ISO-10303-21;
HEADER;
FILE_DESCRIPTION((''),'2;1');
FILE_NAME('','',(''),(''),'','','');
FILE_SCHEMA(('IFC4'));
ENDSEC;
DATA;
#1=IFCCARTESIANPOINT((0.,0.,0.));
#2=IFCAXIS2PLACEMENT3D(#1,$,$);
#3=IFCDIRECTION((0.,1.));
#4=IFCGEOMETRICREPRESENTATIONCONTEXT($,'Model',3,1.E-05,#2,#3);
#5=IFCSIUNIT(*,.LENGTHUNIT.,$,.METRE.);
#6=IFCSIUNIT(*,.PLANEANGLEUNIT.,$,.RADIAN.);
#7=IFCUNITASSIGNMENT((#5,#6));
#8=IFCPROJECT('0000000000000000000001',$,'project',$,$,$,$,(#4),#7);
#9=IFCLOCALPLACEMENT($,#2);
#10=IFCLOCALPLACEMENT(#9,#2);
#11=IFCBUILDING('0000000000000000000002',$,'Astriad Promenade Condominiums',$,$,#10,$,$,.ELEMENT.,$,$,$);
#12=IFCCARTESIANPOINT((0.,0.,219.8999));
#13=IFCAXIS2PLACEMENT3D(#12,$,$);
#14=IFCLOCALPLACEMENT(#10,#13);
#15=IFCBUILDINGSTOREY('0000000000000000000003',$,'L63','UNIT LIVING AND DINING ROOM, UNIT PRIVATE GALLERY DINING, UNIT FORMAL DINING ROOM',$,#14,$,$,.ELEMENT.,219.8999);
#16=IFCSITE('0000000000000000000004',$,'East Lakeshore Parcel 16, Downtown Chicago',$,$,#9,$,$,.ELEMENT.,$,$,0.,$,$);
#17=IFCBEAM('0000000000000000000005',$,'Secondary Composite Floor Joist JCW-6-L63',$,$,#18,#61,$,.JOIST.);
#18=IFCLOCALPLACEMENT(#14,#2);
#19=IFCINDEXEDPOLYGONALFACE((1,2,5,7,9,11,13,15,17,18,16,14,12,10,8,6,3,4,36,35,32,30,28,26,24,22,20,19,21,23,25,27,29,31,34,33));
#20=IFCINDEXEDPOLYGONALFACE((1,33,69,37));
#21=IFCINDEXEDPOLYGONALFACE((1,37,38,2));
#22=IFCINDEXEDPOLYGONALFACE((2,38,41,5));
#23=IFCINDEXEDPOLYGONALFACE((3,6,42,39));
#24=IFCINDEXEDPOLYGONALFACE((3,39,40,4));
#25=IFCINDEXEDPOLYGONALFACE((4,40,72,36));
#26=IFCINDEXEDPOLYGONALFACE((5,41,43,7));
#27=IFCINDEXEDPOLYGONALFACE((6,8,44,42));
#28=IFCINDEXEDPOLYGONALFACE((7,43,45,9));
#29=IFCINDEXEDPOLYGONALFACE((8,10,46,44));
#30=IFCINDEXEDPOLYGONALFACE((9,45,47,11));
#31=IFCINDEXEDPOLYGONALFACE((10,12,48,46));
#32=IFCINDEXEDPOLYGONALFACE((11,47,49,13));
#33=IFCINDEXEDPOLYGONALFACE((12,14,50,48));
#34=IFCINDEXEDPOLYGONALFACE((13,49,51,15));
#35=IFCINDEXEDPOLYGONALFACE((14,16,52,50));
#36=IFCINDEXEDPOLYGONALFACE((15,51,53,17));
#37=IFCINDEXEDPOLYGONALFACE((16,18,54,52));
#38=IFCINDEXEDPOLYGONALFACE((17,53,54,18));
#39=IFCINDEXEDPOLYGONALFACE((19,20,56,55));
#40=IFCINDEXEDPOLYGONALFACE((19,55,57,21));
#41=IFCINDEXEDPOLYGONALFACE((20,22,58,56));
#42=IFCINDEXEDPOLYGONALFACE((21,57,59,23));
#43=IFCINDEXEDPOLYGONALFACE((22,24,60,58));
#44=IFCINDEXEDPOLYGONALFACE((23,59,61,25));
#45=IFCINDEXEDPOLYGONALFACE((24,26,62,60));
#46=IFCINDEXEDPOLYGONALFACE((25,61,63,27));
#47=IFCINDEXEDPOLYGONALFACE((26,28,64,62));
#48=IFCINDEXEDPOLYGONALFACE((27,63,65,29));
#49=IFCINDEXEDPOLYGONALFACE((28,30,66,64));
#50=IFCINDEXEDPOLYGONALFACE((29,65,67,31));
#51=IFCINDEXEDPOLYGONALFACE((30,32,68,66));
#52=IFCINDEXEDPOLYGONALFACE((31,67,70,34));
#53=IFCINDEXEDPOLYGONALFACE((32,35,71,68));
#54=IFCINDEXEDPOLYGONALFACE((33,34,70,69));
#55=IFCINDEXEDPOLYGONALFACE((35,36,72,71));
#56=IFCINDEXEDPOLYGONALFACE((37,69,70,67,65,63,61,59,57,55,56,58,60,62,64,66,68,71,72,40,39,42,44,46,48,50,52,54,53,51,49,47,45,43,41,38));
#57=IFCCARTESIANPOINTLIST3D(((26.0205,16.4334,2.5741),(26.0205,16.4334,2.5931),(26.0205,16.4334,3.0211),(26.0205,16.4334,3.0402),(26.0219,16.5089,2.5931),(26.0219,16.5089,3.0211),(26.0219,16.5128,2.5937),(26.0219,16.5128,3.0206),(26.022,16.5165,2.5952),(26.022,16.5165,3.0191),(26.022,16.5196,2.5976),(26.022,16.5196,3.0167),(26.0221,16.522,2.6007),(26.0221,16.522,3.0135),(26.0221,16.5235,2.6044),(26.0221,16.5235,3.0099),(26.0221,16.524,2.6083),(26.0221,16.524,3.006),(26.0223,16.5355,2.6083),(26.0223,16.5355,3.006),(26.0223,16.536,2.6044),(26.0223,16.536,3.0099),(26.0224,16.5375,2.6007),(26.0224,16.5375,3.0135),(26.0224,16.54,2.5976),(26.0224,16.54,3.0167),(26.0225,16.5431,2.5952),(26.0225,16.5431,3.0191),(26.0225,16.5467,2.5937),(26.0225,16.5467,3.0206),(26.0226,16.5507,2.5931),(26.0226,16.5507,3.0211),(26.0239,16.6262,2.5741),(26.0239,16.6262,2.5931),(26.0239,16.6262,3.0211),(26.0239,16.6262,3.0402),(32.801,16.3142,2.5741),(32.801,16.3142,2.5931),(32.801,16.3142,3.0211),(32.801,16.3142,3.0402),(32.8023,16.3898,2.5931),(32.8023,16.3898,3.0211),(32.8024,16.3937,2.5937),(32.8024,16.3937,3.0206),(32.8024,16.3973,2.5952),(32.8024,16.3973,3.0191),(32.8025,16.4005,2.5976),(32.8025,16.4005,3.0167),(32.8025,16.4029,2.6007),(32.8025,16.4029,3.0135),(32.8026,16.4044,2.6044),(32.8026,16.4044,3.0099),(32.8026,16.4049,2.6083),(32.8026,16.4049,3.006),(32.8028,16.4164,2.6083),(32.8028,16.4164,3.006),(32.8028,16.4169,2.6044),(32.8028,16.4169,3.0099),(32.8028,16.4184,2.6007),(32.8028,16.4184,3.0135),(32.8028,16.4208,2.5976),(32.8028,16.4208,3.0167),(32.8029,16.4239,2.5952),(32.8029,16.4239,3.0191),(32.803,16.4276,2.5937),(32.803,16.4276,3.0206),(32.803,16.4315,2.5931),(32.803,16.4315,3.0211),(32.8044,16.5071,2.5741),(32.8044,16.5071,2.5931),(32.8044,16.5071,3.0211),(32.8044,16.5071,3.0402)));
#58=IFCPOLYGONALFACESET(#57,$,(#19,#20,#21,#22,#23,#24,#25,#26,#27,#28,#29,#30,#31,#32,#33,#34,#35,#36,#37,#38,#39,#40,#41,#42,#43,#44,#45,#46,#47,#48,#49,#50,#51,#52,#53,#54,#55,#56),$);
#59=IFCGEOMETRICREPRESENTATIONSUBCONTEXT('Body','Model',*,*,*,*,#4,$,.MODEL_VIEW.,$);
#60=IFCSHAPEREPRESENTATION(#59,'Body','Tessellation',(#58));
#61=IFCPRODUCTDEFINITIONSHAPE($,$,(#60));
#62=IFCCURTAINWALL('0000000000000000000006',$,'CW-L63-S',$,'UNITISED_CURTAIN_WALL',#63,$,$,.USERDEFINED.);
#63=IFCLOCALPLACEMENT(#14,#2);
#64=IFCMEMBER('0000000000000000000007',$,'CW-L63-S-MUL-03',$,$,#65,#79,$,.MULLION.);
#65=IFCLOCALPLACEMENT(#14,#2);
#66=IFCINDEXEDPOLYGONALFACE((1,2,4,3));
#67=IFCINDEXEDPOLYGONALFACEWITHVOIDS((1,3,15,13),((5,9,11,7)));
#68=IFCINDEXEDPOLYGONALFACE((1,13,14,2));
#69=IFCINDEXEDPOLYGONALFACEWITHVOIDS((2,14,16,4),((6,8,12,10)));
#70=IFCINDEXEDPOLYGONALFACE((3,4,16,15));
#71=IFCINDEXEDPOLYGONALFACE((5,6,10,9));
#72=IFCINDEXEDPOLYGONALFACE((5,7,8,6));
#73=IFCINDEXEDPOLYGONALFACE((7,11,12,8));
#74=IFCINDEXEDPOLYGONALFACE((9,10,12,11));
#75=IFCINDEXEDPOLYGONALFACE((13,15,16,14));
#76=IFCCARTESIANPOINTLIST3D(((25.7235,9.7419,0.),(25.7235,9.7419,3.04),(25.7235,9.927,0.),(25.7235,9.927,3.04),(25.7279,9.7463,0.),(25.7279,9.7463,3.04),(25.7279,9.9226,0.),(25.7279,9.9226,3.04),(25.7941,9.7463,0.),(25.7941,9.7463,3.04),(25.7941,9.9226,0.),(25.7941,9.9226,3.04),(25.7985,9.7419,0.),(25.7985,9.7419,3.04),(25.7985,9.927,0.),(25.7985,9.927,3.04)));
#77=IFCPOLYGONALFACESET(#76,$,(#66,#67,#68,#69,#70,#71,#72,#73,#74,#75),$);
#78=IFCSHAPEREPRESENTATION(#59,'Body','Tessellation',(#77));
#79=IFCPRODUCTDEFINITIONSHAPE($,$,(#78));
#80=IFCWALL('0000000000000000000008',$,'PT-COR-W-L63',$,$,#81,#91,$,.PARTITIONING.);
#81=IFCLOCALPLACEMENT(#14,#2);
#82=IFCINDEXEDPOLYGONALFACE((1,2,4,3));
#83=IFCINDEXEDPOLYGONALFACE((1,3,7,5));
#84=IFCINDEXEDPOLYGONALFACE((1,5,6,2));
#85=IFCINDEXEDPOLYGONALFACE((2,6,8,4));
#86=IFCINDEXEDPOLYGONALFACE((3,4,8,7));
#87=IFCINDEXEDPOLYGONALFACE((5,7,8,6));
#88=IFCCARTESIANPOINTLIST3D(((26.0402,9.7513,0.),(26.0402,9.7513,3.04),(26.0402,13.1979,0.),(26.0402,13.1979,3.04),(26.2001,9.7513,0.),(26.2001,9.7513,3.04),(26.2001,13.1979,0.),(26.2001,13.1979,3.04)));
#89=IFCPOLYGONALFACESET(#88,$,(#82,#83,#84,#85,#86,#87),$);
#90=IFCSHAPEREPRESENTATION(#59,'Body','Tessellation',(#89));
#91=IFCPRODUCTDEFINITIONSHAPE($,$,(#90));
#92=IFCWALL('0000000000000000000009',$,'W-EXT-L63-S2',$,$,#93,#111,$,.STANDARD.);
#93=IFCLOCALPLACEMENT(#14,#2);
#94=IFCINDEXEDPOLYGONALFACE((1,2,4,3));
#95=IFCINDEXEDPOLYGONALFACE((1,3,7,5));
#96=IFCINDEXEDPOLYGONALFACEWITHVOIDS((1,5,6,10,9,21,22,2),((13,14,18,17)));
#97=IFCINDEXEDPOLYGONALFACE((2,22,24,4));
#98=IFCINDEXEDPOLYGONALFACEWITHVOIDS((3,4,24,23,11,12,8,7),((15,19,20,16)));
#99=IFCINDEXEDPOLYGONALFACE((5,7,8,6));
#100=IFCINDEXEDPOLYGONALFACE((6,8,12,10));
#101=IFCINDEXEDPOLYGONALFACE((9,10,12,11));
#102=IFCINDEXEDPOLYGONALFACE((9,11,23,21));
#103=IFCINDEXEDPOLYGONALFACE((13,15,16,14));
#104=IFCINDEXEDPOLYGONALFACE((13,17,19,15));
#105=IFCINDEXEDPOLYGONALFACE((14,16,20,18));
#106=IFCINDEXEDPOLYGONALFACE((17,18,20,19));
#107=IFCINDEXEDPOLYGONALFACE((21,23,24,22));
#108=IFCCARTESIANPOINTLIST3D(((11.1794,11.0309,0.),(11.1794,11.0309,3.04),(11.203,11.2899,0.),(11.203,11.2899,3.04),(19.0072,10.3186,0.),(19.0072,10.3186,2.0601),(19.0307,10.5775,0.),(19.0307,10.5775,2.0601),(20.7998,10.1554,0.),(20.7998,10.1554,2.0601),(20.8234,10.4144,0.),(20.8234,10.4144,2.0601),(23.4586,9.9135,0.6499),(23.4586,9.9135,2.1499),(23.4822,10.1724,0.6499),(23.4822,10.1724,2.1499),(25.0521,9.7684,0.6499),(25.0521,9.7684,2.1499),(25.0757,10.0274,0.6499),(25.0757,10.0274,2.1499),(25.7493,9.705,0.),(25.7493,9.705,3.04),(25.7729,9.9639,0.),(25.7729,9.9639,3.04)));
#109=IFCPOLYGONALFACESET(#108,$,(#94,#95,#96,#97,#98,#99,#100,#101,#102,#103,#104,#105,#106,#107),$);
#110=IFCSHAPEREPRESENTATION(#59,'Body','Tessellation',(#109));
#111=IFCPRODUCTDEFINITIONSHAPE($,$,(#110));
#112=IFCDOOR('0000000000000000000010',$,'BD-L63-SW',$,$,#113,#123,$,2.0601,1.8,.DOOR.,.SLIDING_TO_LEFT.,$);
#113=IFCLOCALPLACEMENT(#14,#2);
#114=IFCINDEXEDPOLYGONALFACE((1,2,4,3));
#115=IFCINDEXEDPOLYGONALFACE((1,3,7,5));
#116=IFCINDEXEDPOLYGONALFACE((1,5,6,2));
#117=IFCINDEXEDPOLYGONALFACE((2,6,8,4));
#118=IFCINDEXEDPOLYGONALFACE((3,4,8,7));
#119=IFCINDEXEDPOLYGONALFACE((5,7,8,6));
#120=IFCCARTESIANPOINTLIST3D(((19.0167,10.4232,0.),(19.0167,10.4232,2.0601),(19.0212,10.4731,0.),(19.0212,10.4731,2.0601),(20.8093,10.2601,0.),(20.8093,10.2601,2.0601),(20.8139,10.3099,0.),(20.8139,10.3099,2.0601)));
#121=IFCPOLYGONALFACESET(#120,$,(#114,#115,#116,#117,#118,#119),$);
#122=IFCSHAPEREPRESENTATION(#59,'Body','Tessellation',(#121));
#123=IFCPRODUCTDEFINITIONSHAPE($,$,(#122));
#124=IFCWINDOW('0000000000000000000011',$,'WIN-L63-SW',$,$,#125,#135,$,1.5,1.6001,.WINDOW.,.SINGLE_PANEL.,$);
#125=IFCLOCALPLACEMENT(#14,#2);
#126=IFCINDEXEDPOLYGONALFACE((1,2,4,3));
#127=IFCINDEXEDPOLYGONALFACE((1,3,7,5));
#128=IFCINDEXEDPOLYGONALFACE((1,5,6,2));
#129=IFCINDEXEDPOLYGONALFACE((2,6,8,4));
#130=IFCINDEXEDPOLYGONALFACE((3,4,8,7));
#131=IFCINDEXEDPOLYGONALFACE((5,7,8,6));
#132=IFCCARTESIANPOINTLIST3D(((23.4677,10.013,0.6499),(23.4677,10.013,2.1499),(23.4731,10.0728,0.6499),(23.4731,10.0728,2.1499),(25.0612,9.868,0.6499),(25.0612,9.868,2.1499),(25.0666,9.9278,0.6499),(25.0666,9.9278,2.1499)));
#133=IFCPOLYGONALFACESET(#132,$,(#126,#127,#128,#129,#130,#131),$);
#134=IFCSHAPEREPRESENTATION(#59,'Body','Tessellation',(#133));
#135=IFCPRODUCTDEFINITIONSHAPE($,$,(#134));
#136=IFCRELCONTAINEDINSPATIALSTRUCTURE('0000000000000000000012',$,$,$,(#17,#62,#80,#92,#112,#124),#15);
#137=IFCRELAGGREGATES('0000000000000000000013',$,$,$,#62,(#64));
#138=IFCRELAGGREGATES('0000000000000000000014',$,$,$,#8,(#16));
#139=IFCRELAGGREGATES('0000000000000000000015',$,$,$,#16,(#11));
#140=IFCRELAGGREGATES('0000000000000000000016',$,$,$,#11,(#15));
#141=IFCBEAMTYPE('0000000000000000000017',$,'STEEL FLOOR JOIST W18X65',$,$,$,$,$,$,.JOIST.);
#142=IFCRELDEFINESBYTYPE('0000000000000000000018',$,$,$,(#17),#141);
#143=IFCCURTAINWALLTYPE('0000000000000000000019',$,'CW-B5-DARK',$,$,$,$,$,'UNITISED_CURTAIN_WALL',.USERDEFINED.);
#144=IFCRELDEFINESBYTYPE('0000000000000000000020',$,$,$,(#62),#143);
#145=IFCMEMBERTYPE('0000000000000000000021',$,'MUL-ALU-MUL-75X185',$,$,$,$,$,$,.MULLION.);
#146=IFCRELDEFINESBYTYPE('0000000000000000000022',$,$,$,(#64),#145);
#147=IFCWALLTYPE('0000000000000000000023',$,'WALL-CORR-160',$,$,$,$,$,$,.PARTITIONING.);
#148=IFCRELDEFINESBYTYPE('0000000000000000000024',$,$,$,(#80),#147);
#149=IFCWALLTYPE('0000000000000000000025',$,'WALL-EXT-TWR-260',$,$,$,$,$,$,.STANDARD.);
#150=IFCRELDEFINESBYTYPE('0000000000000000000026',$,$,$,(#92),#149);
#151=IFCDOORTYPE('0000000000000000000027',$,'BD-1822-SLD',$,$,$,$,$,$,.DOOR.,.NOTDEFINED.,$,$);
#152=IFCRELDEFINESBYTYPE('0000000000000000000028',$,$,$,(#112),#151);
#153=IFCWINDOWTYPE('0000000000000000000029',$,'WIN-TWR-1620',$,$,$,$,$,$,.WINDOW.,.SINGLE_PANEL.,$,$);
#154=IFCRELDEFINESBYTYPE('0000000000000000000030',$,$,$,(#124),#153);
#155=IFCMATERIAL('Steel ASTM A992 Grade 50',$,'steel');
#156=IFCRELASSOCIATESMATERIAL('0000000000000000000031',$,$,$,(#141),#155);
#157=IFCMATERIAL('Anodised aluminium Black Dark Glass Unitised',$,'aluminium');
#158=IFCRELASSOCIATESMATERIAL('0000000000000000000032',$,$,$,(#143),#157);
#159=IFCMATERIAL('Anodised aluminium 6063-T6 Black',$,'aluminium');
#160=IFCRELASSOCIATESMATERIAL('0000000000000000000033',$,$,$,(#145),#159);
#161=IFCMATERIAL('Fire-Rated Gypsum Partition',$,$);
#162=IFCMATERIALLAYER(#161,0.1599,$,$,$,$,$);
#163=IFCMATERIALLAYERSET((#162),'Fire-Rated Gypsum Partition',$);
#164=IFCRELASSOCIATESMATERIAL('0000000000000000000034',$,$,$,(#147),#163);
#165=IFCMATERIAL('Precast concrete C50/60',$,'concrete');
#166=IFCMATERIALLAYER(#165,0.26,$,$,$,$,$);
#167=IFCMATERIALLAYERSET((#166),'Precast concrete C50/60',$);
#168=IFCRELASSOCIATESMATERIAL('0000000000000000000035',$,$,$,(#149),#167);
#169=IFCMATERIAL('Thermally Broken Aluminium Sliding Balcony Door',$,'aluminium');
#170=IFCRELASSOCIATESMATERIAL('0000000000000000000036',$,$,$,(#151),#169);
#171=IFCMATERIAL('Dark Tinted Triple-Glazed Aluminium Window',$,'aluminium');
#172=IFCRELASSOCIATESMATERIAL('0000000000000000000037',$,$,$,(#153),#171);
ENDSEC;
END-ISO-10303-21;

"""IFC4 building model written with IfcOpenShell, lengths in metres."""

from ifc_helpers import new_model, si_unit, direction, frame, frame_2d, origin, origin_2d, place, context, subcontext, project, spatial, rectangle, hollow_rectangle, i_section, extrude, source, transform, mapped, material, layer, layer_set, material_profile, profile_set, type_object, type_shapes, element, fill, aggregate, save


model = new_model("IFC4")

# Units and contexts
model_context = context("Model", 3, precision=1e-05, world=origin(), true_north=direction((0.0, 1.0)))
body_context = subcontext(model_context, "Body", "Model", "MODEL_VIEW")
ifc_project = project(units=[si_unit("LENGTHUNIT", "METRE"), si_unit("PLANEANGLEUNIT", "RADIAN")], contexts=[model_context])

# Site, building, storey
site_placement = place(None, origin())
site = spatial("IfcSite", under=ifc_project, at=site_placement, Name="East Lakeshore Parcel 16, Downtown Chicago", CompositionType="ELEMENT", RefElevation=0.0)
building_placement = place(site_placement, origin())
building = spatial("IfcBuilding", under=site, at=building_placement, Name="Astriad Promenade Condominiums", CompositionType="ELEMENT")
storey_placement = place(building_placement, frame((0.0, 0.0, 219.8999)))
storey = spatial("IfcBuildingStorey", under=building, at=storey_placement, Name="L63", Description="UNIT LIVING AND DINING ROOM, UNIT PRIVATE GALLERY DINING, UNIT FORMAL DINING ROOM", CompositionType="ELEMENT", Elevation=219.8999)

# Beam
ifc_material_1 = material(Name="Steel ASTM A992 Grade 50", Category="steel")
ifc_material_profile_1 = material_profile(ifc_material_1, i_section(OverallWidth=0.1929, OverallDepth=0.4661, WebThickness=0.0115, FlangeThickness=0.019, FilletRadius=0.0151, at=origin_2d()), Name="W18X65")
ifc_profile_set_1 = profile_set([ifc_material_profile_1], Name="Steel ASTM A992 Grade 50")
beam_type_1 = type_object("IfcBeamType", Name="STEEL FLOOR JOIST W18X65", PredefinedType="JOIST", material=ifc_profile_set_1)
shared_shape_1 = source(origin(), body_context, "Body", "SweptSolid", [
    extrude(i_section(OverallWidth=0.1929, OverallDepth=0.4661, WebThickness=0.0115, FlangeThickness=0.019, FilletRadius=0.0151, at=origin_2d()), origin(), (0.0, 0.0, 1.0), 6.7815),
])
beam_1_placement = place(storey_placement, frame((26.0222, 16.5298, 2.8071), z_axis=(0.999846, -0.017568, 0.0), x_axis=(0.017568, 0.999846, 0.0)))
element("IfcBeam", 1, at=beam_1_placement, inside=storey, type_object=beam_type_1, Name="Secondary Composite Floor Joist JCW-6-L63", PredefinedType="JOIST", context=body_context, shape_type="MappedRepresentation", body=[
    mapped(shared_shape_1, transform((0.0, 0.0, 0.0), scale=1.0)),
])

# Curtain wall, member
ifc_material_2 = material(Name="Anodised aluminium Black Dark Glass Unitised", Category="aluminium")
curtain_wall_type = type_object("IfcCurtainWallType", Name="CW-B5-DARK", ElementType="UNITISED_CURTAIN_WALL", PredefinedType="USERDEFINED", material=ifc_material_2)
curtain_wall_placement = place(storey_placement, origin())
curtain_wall = element("IfcCurtainWall", 2, at=curtain_wall_placement, inside=storey, type_object=curtain_wall_type, Name="CW-L63-S", ObjectType="UNITISED_CURTAIN_WALL", PredefinedType="USERDEFINED")
ifc_material_3 = material(Name="Anodised aluminium 6063-T6 Black", Category="aluminium")
ifc_material_profile_2 = material_profile(ifc_material_3, hollow_rectangle(XDim=0.075, YDim=0.1851, WallThickness=0.0044, at=origin_2d()), Name="ALU-MUL-75X185")
ifc_profile_set_2 = profile_set([ifc_material_profile_2], Name="Anodised aluminium 6063-T6 Black")
member_type = type_object("IfcMemberType", Name="MUL-ALU-MUL-75X185", PredefinedType="MULLION", material=ifc_profile_set_2)
shared_shape_2 = source(origin(), body_context, "Body", "SweptSolid", [
    extrude(hollow_rectangle(XDim=0.075, YDim=0.1851, WallThickness=0.0044, at=origin_2d()), origin(), (0.0, 0.0, 1.0), 3.04),
])
type_shapes(member_type, [shared_shape_2])
member_placement = place(storey_placement, frame((25.761, 9.8345, 0.0), z_axis=(0.0, 0.0, 1.0), x_axis=(1.0, 0.0, 0.0)))
member = element("IfcMember", 3, at=member_placement, type_object=member_type, Name="CW-L63-S-MUL-03", PredefinedType="MULLION", context=body_context, shape_type="MappedRepresentation", body=[
    mapped(shared_shape_2, transform((0.0, 0.0, 0.0), scale=1.0)),
])
aggregate(curtain_wall, [member])

# Wall
ifc_material_4 = material(Name="Fire-Rated Gypsum Partition")
ifc_layer_1 = layer(ifc_material_4, 0.1599)
ifc_layer_set_1 = layer_set([ifc_layer_1], Name="Fire-Rated Gypsum Partition")
wall_type_1 = type_object("IfcWallType", Name="WALL-CORR-160", PredefinedType="PARTITIONING", material=ifc_layer_set_1)
wall_1_placement = place(storey_placement, frame((26.1201, 9.7515, 0.0), z_axis=(0.0, 0.0, 1.0), x_axis=(0.0, 1.0, 0.0)))
element("IfcWall", 4, at=wall_1_placement, inside=storey, type_object=wall_type_1, Name="PT-COR-W-L63", PredefinedType="PARTITIONING", context=body_context, shape_type="SweptSolid", body=[
    extrude(rectangle(XDim=3.4465, YDim=0.1599, at=frame_2d((1.7231, 0.0))), origin(), (0.0, 0.0, 1.0), 3.04),
])

# Wall, openings, door, window
ifc_material_5 = material(Name="Precast concrete C50/60", Category="concrete")
ifc_layer_2 = layer(ifc_material_5, 0.26)
ifc_layer_set_2 = layer_set([ifc_layer_2], Name="Precast concrete C50/60")
wall_type_2 = type_object("IfcWallType", Name="WALL-EXT-TWR-260", PredefinedType="STANDARD", material=ifc_layer_set_2)
wall_2_placement = place(storey_placement, frame((25.761, 9.8345, 0.0), z_axis=(0.0, 0.0, 1.0), x_axis=(-0.995885, 0.090631, 0.0)))
wall_2 = element("IfcWall", 5, at=wall_2_placement, inside=storey, type_object=wall_type_2, Name="W-EXT-L63-S2", PredefinedType="STANDARD", context=body_context, shape_type="SweptSolid", body=[
    extrude(rectangle(XDim=14.6301, YDim=0.26, at=frame_2d((7.3149, 0.0))), origin(), (0.0, 0.0, 1.0), 3.04),
])
opening_1_placement = place(wall_2_placement, frame((4.97, 0.0, 0.0)))
opening_1 = element("IfcOpeningElement", 6, at=opening_1_placement, cuts=wall_2, PredefinedType="OPENING", context=body_context, shape_type="SweptSolid", body=[
    extrude(rectangle(XDim=1.8, YDim=2.0601, at=frame_2d((0.8999, 1.03))), frame((0.0, 0.1399, 0.0), z_axis=(0.0, -1.0, 0.0), x_axis=(1.0, 0.0, 0.0)), (0.0, 0.0, 1.0), 0.28),
])
opening_2_placement = place(wall_2_placement, frame((0.7, 0.0, 0.6499)))
opening_2 = element("IfcOpeningElement", 7, at=opening_2_placement, cuts=wall_2, PredefinedType="OPENING", context=body_context, shape_type="SweptSolid", body=[
    extrude(rectangle(XDim=1.6001, YDim=1.5, at=frame_2d((0.8, 0.75))), frame((0.0, 0.1399, 0.0), z_axis=(0.0, -1.0, 0.0), x_axis=(1.0, 0.0, 0.0)), (0.0, 0.0, 1.0), 0.28),
])
ifc_material_6 = material(Name="Thermally Broken Aluminium Sliding Balcony Door", Category="aluminium")
door_type_1 = type_object("IfcDoorType", Name="BD-1822-SLD", OperationType="NOTDEFINED", PredefinedType="DOOR", material=ifc_material_6)
shared_shape_3 = source(origin(), body_context, "Body", "SweptSolid", [
    extrude(rectangle(XDim=1.8, YDim=2.0601, at=frame_2d((0.8999, 1.03))), frame((0.0, 0.0249, 0.0), z_axis=(0.0, -1.0, 0.0), x_axis=(1.0, 0.0, 0.0)), (0.0, 0.0, 1.0), 0.05),
])
type_shapes(door_type_1, [shared_shape_3])
door_1_placement = place(opening_1_placement, origin())
door_1 = element("IfcDoor", 8, at=door_1_placement, inside=storey, type_object=door_type_1, Name="BD-L63-SW", OperationType="SLIDING_TO_LEFT", OverallHeight=2.0601, OverallWidth=1.8, PredefinedType="DOOR", context=body_context, shape_type="MappedRepresentation", body=[
    mapped(shared_shape_3, transform((0.0, 0.0, 0.0), scale=1.0)),
])
fill(opening_1, door_1)
ifc_material_7 = material(Name="Dark Tinted Triple-Glazed Aluminium Window", Category="aluminium")
window_type = type_object("IfcWindowType", Name="WIN-TWR-1620", PartitioningType="SINGLE_PANEL", PredefinedType="WINDOW", material=ifc_material_7)
shared_shape_4 = source(origin(), body_context, "Body", "SweptSolid", [
    extrude(rectangle(XDim=1.6001, YDim=1.5, at=frame_2d((0.8, 0.75))), frame((0.0, 0.03, 0.0), z_axis=(0.0, -1.0, 0.0), x_axis=(1.0, 0.0, 0.0)), (0.0, 0.0, 1.0), 0.0601),
])
type_shapes(window_type, [shared_shape_4])
window_placement = place(opening_2_placement, origin())
window = element("IfcWindow", 9, at=window_placement, inside=storey, type_object=window_type, Name="WIN-L63-SW", OverallHeight=1.5, OverallWidth=1.6001, PartitioningType="SINGLE_PANEL", PredefinedType="WINDOW", context=body_context, shape_type="MappedRepresentation", body=[
    mapped(shared_shape_4, transform((0.0, 0.0, 0.0), scale=1.0)),
])
fill(opening_2, window)

save(model, "model.ifc")
